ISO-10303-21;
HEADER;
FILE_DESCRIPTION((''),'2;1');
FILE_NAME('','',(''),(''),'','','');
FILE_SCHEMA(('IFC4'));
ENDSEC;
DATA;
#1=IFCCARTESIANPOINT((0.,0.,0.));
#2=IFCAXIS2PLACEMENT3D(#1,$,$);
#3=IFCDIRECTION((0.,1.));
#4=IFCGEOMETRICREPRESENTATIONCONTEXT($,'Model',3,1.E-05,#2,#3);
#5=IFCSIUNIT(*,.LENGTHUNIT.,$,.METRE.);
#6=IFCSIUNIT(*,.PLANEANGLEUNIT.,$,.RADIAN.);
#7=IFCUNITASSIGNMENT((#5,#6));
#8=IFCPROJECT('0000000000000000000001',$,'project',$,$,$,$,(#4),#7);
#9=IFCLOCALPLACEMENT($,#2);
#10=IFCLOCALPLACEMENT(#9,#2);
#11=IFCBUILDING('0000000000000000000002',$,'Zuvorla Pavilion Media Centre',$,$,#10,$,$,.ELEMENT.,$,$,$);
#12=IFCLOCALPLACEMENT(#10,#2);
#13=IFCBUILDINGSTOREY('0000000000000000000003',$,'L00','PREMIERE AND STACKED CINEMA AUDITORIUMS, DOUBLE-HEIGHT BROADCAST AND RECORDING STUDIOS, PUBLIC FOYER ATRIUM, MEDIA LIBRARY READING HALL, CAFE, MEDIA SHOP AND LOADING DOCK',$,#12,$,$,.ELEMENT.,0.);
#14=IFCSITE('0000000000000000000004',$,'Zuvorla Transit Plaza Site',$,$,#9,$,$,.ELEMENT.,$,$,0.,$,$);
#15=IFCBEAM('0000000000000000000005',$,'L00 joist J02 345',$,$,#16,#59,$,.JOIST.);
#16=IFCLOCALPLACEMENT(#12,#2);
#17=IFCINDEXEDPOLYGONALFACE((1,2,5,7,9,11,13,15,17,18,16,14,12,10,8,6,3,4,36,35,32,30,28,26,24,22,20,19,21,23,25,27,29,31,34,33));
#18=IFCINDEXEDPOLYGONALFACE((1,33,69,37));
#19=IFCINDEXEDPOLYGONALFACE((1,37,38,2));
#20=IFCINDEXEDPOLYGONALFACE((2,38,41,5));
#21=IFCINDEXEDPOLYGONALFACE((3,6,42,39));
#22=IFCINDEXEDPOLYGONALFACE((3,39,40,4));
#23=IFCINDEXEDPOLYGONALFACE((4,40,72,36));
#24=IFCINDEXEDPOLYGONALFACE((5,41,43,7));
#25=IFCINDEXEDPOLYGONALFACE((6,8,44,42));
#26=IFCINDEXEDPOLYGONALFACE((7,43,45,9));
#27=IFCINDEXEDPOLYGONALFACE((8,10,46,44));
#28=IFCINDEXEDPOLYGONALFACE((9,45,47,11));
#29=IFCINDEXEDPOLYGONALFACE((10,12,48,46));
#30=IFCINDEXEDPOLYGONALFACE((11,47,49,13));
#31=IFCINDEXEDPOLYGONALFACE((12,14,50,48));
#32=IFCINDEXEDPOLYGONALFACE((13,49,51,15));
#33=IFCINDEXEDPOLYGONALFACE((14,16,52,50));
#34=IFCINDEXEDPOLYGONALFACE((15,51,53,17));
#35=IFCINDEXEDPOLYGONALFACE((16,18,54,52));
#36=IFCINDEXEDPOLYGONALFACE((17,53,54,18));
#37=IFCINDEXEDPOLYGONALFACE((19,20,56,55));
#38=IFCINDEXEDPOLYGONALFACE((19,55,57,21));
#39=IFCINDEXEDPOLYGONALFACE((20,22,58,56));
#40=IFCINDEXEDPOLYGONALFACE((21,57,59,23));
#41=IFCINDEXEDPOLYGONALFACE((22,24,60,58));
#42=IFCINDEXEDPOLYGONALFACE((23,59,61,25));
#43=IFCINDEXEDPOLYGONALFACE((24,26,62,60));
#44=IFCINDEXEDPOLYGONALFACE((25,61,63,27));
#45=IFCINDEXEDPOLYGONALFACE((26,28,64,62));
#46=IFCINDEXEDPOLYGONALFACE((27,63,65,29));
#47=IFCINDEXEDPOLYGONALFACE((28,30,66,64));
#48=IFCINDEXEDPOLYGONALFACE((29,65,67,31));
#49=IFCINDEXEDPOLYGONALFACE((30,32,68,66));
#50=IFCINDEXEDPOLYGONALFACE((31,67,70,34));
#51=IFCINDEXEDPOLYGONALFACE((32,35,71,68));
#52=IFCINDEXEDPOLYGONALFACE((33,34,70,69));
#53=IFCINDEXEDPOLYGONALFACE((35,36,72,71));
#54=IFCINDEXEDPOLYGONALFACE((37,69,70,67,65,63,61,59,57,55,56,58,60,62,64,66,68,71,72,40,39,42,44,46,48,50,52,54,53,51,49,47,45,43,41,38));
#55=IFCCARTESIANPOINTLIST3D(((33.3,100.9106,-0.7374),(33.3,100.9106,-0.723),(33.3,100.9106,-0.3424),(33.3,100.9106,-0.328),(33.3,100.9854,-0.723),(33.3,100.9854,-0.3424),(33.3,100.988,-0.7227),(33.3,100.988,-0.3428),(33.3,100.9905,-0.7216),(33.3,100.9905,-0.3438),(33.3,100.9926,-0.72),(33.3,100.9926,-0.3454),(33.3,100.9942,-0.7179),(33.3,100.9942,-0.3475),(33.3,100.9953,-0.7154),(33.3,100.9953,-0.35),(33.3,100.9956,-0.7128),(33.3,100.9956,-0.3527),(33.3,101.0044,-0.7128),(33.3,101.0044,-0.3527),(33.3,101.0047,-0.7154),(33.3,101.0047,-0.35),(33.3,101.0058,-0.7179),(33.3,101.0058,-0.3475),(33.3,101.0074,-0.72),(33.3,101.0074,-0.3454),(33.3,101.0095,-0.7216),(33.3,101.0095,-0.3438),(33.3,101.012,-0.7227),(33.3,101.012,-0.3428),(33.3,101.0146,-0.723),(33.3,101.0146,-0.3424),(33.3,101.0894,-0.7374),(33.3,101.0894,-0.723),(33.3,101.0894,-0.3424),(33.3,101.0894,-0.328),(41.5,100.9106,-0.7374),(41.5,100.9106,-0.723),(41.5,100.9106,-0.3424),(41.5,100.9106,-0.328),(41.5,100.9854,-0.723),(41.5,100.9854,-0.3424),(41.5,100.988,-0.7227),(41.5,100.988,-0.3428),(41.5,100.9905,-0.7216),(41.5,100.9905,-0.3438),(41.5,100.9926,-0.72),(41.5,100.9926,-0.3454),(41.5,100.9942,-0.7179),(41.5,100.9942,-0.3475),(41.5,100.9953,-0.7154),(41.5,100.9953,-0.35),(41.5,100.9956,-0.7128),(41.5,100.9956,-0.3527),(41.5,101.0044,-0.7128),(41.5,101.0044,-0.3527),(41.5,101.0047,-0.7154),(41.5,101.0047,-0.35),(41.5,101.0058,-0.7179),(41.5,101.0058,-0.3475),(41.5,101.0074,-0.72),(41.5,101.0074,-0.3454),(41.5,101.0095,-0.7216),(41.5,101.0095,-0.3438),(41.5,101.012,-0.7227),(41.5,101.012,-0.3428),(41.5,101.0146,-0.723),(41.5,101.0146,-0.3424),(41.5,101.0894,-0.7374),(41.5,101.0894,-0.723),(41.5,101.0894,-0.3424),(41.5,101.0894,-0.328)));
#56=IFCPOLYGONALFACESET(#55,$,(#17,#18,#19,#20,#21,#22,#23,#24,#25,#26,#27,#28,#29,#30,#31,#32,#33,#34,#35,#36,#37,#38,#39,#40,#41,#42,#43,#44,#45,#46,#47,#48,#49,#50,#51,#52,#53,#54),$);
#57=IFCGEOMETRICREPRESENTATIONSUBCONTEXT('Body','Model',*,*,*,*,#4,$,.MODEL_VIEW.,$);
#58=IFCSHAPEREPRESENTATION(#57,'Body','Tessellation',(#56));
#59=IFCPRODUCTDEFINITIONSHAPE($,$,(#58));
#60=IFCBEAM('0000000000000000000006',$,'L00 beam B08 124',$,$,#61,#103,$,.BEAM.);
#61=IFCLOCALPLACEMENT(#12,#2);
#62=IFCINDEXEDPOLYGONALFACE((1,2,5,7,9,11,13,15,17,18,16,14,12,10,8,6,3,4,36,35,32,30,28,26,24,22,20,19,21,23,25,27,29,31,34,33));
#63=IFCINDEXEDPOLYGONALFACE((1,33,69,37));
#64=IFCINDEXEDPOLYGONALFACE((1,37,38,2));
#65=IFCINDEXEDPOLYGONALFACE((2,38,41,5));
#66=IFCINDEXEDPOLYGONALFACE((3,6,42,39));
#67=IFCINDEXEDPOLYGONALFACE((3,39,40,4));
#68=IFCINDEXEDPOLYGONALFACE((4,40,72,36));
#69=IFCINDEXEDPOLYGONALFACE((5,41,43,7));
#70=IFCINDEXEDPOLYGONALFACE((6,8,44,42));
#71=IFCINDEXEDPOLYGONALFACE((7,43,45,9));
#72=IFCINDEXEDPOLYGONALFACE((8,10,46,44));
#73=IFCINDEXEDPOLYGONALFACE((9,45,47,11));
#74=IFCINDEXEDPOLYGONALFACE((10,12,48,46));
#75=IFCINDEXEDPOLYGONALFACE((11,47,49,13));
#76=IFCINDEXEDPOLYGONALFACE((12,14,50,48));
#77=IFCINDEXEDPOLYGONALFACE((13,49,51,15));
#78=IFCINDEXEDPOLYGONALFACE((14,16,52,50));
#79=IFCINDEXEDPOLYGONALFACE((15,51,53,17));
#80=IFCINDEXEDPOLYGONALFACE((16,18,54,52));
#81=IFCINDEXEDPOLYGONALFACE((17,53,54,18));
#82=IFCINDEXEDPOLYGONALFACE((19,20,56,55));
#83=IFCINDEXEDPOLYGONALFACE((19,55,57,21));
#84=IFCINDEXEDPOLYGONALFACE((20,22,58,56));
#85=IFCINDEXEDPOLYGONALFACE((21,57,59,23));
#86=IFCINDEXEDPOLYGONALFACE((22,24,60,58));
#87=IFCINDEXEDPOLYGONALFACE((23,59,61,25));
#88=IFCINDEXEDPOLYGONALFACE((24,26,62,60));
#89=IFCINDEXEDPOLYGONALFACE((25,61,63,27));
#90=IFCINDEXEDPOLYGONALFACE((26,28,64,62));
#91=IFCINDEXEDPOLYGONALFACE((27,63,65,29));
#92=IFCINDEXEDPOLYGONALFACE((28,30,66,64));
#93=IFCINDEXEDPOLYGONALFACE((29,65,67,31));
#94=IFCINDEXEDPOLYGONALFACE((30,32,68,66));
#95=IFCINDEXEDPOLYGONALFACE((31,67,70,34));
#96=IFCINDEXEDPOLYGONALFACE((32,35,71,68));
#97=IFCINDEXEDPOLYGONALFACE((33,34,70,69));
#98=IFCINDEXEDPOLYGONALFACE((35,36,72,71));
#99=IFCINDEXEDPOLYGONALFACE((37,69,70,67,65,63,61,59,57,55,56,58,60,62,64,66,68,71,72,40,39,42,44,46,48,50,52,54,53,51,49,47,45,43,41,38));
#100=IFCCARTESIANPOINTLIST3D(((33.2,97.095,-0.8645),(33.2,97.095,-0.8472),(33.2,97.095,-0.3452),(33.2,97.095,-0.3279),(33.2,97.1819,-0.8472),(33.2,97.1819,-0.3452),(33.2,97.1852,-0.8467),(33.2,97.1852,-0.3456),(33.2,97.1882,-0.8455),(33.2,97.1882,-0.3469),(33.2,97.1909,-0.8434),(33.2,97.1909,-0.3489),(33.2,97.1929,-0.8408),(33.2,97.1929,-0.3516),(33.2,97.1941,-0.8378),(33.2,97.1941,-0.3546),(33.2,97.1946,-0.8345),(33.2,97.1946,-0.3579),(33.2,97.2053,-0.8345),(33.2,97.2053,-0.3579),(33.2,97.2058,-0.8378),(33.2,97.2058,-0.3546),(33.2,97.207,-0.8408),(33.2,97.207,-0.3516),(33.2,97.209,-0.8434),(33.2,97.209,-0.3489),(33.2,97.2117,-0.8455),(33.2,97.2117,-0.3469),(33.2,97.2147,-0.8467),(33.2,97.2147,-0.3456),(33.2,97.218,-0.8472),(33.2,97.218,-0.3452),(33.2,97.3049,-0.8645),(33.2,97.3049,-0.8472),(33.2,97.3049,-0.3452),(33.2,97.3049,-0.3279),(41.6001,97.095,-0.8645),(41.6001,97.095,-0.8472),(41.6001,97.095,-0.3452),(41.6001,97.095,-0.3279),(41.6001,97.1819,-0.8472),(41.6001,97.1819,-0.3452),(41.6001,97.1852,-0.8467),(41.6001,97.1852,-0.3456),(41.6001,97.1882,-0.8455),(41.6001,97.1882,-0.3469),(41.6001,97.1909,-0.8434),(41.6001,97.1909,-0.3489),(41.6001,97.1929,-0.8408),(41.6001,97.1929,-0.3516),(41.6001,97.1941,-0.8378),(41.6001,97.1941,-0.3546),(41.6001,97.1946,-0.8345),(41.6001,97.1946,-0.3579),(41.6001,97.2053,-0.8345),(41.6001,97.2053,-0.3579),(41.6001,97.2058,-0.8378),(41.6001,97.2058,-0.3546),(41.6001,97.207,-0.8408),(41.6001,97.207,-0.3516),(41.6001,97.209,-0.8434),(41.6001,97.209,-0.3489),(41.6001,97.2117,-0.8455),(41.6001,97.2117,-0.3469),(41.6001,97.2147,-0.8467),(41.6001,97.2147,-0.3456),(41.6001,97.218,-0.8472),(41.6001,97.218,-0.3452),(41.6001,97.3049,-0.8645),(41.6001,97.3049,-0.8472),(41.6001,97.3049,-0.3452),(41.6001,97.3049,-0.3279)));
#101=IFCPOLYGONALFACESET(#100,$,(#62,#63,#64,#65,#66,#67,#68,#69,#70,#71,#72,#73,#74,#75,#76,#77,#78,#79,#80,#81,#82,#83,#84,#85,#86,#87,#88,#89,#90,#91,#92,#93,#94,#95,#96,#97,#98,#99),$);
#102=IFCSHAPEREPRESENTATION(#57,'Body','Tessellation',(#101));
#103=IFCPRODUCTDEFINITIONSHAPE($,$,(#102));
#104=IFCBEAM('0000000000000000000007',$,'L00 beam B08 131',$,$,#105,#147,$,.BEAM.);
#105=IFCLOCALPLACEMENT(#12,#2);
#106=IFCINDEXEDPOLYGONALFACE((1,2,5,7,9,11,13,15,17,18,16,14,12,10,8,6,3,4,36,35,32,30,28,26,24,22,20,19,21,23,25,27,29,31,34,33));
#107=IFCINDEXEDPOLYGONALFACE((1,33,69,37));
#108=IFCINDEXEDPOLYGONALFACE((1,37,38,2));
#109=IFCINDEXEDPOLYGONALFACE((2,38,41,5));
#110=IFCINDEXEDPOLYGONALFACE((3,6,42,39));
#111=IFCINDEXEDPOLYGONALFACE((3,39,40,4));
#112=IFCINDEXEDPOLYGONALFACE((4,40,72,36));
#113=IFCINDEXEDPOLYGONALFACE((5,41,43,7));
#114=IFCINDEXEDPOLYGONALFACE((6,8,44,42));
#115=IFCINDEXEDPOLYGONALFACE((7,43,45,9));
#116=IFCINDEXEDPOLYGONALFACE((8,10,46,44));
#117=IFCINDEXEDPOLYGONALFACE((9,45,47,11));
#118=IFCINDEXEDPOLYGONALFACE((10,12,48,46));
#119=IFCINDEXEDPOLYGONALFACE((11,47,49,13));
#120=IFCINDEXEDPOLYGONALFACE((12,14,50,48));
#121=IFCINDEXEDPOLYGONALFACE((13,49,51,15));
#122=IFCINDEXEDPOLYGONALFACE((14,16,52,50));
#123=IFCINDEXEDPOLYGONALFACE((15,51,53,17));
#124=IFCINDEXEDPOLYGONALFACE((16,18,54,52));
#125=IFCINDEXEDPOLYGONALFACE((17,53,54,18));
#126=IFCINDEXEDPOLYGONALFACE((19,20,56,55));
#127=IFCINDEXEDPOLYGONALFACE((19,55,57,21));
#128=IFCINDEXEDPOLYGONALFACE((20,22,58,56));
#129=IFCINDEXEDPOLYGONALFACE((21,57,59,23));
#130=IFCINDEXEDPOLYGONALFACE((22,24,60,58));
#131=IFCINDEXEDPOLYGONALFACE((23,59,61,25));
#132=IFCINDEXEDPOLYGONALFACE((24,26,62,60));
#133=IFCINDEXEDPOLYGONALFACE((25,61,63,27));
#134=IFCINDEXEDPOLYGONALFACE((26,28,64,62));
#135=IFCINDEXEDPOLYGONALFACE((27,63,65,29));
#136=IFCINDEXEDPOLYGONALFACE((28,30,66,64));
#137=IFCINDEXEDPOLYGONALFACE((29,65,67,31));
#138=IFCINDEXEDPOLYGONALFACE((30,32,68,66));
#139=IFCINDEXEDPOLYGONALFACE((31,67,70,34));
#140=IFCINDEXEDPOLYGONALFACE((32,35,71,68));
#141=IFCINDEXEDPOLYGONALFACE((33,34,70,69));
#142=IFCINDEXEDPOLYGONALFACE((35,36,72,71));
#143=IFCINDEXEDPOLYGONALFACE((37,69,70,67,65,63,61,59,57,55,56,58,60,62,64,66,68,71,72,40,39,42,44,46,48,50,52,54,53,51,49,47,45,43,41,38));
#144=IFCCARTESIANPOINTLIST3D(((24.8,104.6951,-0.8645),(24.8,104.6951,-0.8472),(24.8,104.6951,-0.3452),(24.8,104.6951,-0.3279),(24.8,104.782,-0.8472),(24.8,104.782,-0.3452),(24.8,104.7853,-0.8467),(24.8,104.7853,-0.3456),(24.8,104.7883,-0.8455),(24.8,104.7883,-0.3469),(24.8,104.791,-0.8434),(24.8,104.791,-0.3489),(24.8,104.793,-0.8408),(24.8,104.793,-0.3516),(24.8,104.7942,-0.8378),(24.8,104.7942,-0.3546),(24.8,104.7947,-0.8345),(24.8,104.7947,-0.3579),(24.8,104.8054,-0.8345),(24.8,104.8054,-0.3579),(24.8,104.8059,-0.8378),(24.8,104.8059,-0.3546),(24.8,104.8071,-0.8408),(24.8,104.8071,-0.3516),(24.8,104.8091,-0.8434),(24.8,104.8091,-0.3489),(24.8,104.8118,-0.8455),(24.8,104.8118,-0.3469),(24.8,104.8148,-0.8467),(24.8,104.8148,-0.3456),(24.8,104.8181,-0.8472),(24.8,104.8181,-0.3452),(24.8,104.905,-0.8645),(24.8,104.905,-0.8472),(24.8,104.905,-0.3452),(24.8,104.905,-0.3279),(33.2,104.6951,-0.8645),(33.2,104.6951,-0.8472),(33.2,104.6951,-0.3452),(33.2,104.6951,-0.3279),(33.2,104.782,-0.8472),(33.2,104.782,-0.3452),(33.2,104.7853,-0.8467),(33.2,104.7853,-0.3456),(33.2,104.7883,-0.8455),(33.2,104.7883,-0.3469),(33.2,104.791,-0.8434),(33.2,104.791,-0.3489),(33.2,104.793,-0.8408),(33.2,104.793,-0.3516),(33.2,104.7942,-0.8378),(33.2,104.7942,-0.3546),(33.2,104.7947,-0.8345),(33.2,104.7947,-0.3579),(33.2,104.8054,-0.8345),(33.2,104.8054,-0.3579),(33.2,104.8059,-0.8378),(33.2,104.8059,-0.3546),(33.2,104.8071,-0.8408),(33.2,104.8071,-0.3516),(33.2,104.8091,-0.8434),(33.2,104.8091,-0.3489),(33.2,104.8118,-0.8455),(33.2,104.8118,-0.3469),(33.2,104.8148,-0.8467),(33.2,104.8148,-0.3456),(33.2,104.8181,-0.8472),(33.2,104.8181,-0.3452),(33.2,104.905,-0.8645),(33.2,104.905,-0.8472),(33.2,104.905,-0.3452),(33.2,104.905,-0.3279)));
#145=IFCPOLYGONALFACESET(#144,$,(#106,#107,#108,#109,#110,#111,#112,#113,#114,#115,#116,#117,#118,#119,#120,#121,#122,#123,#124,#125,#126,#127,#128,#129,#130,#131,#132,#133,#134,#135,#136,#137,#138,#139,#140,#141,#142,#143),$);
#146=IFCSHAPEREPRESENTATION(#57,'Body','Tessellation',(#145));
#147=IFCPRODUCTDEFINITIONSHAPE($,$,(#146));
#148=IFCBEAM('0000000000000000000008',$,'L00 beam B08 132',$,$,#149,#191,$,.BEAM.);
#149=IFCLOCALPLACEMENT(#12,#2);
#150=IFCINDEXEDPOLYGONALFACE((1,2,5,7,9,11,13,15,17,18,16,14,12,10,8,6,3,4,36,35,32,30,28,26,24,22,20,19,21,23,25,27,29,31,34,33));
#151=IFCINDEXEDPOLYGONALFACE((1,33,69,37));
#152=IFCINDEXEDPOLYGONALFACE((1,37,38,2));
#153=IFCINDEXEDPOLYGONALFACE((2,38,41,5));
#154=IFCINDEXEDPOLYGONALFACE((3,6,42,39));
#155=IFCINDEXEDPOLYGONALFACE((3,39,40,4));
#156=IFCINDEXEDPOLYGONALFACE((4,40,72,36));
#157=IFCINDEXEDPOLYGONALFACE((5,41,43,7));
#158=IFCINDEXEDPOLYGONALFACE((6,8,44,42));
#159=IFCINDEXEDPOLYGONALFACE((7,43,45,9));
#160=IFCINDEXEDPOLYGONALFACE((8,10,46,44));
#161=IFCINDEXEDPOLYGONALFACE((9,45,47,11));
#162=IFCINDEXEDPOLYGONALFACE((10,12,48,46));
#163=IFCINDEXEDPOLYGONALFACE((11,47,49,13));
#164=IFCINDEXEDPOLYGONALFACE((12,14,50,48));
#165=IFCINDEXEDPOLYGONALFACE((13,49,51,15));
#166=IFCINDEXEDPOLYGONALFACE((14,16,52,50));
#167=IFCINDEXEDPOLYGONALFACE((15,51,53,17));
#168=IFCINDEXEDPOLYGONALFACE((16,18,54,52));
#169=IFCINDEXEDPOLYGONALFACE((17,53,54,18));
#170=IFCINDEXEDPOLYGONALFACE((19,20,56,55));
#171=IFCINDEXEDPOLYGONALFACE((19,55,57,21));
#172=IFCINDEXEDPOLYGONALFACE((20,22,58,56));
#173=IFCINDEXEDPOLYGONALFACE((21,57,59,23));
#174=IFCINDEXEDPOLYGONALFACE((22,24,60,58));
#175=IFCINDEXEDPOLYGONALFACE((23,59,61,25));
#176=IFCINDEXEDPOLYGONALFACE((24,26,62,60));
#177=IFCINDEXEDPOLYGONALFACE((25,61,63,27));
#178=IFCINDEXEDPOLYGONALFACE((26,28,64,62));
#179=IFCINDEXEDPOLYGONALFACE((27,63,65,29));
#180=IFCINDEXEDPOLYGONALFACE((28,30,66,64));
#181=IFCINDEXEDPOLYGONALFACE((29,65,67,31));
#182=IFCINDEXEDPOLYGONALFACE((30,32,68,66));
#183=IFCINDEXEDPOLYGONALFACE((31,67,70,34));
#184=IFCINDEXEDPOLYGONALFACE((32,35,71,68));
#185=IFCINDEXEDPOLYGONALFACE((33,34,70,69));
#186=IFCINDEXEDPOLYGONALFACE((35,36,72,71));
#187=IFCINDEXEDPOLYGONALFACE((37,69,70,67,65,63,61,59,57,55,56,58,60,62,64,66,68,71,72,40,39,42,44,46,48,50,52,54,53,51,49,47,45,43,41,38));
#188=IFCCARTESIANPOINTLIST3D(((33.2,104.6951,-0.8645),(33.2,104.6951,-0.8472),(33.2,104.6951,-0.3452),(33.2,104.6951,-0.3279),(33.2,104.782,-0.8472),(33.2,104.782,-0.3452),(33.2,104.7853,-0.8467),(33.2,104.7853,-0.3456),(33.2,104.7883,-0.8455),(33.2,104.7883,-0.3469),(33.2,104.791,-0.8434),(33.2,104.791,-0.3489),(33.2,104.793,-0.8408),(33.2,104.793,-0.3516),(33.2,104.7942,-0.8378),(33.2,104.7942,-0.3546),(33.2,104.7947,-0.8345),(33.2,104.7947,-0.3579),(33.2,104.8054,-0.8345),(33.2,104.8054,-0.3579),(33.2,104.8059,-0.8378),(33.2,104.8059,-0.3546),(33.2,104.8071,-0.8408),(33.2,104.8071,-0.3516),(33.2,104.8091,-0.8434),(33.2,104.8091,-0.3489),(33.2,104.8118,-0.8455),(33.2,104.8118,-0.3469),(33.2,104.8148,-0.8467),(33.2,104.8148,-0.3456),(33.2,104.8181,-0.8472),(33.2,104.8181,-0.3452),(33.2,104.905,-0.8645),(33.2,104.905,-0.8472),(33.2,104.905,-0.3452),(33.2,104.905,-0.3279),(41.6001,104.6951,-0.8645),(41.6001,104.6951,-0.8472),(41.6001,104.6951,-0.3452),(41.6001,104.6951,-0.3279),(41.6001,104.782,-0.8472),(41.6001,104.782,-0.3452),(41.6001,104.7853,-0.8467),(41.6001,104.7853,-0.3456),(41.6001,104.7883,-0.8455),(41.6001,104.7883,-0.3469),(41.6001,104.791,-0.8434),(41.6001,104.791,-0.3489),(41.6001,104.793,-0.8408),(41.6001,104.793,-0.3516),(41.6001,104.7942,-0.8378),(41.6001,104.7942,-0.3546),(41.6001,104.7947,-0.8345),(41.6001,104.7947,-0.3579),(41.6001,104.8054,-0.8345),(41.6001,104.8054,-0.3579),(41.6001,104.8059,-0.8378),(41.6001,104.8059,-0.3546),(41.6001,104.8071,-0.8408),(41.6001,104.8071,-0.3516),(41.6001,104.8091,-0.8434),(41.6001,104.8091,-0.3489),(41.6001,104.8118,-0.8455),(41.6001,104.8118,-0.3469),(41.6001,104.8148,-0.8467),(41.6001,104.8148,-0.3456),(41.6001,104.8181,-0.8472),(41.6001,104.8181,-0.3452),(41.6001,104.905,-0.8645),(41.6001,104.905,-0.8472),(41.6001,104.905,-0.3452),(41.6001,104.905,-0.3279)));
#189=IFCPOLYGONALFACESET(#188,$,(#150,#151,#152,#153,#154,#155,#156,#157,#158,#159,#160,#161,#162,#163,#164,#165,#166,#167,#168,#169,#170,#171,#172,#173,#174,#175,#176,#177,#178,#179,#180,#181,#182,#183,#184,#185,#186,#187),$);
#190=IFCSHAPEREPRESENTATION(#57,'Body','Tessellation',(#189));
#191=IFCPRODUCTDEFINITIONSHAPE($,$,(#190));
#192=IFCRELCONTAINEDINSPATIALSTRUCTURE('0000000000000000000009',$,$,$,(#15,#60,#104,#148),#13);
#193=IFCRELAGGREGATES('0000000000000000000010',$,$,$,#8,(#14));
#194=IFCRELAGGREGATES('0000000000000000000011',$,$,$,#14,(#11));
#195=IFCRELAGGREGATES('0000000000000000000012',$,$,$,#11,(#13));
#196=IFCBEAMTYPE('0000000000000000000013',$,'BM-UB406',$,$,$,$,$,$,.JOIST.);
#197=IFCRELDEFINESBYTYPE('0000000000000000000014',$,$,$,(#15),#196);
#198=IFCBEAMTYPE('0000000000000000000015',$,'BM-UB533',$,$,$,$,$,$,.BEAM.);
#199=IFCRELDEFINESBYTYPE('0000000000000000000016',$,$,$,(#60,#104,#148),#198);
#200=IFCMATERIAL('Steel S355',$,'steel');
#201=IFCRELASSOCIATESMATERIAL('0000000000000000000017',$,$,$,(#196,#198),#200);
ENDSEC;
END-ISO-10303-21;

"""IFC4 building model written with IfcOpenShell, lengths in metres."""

from ifc_helpers import new_model, si_unit, direction, frame, origin, origin_2d, place, context, subcontext, project, spatial, i_section, extrude, material, material_profile, profile_set, type_object, element, save


model = new_model("IFC4")

# Units and contexts
model_context = context("Model", 3, precision=1e-05, world=origin(), true_north=direction((0.0, 1.0)))
body_context = subcontext(model_context, "Body", "Model", "MODEL_VIEW")
ifc_project = project(units=[si_unit("LENGTHUNIT", "METRE"), si_unit("PLANEANGLEUNIT", "RADIAN")], contexts=[model_context])

# Site, building, storey
site_placement = place(None, origin())
site = spatial("IfcSite", under=ifc_project, at=site_placement, Name="Zuvorla Transit Plaza Site", CompositionType="ELEMENT", RefElevation=0.0)
building_placement = place(site_placement, origin())
building = spatial("IfcBuilding", under=site, at=building_placement, Name="Zuvorla Pavilion Media Centre", CompositionType="ELEMENT")
storey_placement = place(building_placement, origin())
storey = spatial("IfcBuildingStorey", under=building, at=storey_placement, Name="L00", Description="PREMIERE AND STACKED CINEMA AUDITORIUMS, DOUBLE-HEIGHT BROADCAST AND RECORDING STUDIOS, PUBLIC FOYER ATRIUM, MEDIA LIBRARY READING HALL, CAFE, MEDIA SHOP AND LOADING DOCK", CompositionType="ELEMENT", Elevation=0.0)

# Beams
ifc_material_1 = material(Name="Steel S355", Category="steel")
ifc_material_profile_1 = material_profile(ifc_material_1, i_section(OverallWidth=0.1787, OverallDepth=0.4094, WebThickness=0.0088, FlangeThickness=0.0144, FilletRadius=0.0103, at=origin_2d()), Name="UB 406x178x67")
ifc_profile_set_1 = profile_set([ifc_material_profile_1], Name="Steel S355")
beam_type_1 = type_object("IfcBeamType", Name="BM-UB406", PredefinedType="JOIST", material=ifc_profile_set_1)
beam_1_placement = place(storey_placement, frame((33.3, 101.0, -0.5327), z_axis=(1.0, 0.0, 0.0), x_axis=(0.0, 1.0, 0.0)))
element("IfcBeam", 1, at=beam_1_placement, inside=storey, type_object=beam_type_1, Name="L00 joist J02 345", PredefinedType="JOIST", context=body_context, shape_type="SweptSolid", body=[
    extrude(i_section(OverallWidth=0.1787, OverallDepth=0.4094, WebThickness=0.0088, FlangeThickness=0.0144, FilletRadius=0.0103, at=origin_2d()), origin(), (0.0, 0.0, 1.0), 8.2),
])
ifc_material_profile_2 = material_profile(ifc_material_1, i_section(OverallWidth=0.21, OverallDepth=0.5366, WebThickness=0.0107, FlangeThickness=0.0173, FilletRadius=0.0127, at=origin_2d()), Name="UB 533x210x101")
ifc_profile_set_2 = profile_set([ifc_material_profile_2], Name="Steel S355")
beam_type_2 = type_object("IfcBeamType", Name="BM-UB533", PredefinedType="BEAM", material=ifc_profile_set_2)
beam_2_placement = place(storey_placement, frame((33.2, 97.2, -0.5962), z_axis=(1.0, 0.0, 0.0), x_axis=(0.0, 1.0, 0.0)))
element("IfcBeam", 2, at=beam_2_placement, inside=storey, type_object=beam_type_2, Name="L00 beam B08 124", PredefinedType="BEAM", context=body_context, shape_type="SweptSolid", body=[
    extrude(i_section(OverallWidth=0.21, OverallDepth=0.5366, WebThickness=0.0107, FlangeThickness=0.0173, FilletRadius=0.0127, at=origin_2d()), origin(), (0.0, 0.0, 1.0), 8.4001),
])
beam_3_placement = place(storey_placement, frame((24.8, 104.8, -0.5962), z_axis=(1.0, 0.0, 0.0), x_axis=(0.0, 1.0, 0.0)))
element("IfcBeam", 3, at=beam_3_placement, inside=storey, type_object=beam_type_2, Name="L00 beam B08 131", PredefinedType="BEAM", context=body_context, shape_type="SweptSolid", body=[
    extrude(i_section(OverallWidth=0.21, OverallDepth=0.5366, WebThickness=0.0107, FlangeThickness=0.0173, FilletRadius=0.0127, at=origin_2d()), origin(), (0.0, 0.0, 1.0), 8.3999),
])
beam_4_placement = place(storey_placement, frame((33.2, 104.8, -0.5962), z_axis=(1.0, 0.0, 0.0), x_axis=(0.0, 1.0, 0.0)))
element("IfcBeam", 4, at=beam_4_placement, inside=storey, type_object=beam_type_2, Name="L00 beam B08 132", PredefinedType="BEAM", context=body_context, shape_type="SweptSolid", body=[
    extrude(i_section(OverallWidth=0.21, OverallDepth=0.5366, WebThickness=0.0107, FlangeThickness=0.0173, FilletRadius=0.0127, at=origin_2d()), origin(), (0.0, 0.0, 1.0), 8.4001),
])

save(model, "model.ifc")
